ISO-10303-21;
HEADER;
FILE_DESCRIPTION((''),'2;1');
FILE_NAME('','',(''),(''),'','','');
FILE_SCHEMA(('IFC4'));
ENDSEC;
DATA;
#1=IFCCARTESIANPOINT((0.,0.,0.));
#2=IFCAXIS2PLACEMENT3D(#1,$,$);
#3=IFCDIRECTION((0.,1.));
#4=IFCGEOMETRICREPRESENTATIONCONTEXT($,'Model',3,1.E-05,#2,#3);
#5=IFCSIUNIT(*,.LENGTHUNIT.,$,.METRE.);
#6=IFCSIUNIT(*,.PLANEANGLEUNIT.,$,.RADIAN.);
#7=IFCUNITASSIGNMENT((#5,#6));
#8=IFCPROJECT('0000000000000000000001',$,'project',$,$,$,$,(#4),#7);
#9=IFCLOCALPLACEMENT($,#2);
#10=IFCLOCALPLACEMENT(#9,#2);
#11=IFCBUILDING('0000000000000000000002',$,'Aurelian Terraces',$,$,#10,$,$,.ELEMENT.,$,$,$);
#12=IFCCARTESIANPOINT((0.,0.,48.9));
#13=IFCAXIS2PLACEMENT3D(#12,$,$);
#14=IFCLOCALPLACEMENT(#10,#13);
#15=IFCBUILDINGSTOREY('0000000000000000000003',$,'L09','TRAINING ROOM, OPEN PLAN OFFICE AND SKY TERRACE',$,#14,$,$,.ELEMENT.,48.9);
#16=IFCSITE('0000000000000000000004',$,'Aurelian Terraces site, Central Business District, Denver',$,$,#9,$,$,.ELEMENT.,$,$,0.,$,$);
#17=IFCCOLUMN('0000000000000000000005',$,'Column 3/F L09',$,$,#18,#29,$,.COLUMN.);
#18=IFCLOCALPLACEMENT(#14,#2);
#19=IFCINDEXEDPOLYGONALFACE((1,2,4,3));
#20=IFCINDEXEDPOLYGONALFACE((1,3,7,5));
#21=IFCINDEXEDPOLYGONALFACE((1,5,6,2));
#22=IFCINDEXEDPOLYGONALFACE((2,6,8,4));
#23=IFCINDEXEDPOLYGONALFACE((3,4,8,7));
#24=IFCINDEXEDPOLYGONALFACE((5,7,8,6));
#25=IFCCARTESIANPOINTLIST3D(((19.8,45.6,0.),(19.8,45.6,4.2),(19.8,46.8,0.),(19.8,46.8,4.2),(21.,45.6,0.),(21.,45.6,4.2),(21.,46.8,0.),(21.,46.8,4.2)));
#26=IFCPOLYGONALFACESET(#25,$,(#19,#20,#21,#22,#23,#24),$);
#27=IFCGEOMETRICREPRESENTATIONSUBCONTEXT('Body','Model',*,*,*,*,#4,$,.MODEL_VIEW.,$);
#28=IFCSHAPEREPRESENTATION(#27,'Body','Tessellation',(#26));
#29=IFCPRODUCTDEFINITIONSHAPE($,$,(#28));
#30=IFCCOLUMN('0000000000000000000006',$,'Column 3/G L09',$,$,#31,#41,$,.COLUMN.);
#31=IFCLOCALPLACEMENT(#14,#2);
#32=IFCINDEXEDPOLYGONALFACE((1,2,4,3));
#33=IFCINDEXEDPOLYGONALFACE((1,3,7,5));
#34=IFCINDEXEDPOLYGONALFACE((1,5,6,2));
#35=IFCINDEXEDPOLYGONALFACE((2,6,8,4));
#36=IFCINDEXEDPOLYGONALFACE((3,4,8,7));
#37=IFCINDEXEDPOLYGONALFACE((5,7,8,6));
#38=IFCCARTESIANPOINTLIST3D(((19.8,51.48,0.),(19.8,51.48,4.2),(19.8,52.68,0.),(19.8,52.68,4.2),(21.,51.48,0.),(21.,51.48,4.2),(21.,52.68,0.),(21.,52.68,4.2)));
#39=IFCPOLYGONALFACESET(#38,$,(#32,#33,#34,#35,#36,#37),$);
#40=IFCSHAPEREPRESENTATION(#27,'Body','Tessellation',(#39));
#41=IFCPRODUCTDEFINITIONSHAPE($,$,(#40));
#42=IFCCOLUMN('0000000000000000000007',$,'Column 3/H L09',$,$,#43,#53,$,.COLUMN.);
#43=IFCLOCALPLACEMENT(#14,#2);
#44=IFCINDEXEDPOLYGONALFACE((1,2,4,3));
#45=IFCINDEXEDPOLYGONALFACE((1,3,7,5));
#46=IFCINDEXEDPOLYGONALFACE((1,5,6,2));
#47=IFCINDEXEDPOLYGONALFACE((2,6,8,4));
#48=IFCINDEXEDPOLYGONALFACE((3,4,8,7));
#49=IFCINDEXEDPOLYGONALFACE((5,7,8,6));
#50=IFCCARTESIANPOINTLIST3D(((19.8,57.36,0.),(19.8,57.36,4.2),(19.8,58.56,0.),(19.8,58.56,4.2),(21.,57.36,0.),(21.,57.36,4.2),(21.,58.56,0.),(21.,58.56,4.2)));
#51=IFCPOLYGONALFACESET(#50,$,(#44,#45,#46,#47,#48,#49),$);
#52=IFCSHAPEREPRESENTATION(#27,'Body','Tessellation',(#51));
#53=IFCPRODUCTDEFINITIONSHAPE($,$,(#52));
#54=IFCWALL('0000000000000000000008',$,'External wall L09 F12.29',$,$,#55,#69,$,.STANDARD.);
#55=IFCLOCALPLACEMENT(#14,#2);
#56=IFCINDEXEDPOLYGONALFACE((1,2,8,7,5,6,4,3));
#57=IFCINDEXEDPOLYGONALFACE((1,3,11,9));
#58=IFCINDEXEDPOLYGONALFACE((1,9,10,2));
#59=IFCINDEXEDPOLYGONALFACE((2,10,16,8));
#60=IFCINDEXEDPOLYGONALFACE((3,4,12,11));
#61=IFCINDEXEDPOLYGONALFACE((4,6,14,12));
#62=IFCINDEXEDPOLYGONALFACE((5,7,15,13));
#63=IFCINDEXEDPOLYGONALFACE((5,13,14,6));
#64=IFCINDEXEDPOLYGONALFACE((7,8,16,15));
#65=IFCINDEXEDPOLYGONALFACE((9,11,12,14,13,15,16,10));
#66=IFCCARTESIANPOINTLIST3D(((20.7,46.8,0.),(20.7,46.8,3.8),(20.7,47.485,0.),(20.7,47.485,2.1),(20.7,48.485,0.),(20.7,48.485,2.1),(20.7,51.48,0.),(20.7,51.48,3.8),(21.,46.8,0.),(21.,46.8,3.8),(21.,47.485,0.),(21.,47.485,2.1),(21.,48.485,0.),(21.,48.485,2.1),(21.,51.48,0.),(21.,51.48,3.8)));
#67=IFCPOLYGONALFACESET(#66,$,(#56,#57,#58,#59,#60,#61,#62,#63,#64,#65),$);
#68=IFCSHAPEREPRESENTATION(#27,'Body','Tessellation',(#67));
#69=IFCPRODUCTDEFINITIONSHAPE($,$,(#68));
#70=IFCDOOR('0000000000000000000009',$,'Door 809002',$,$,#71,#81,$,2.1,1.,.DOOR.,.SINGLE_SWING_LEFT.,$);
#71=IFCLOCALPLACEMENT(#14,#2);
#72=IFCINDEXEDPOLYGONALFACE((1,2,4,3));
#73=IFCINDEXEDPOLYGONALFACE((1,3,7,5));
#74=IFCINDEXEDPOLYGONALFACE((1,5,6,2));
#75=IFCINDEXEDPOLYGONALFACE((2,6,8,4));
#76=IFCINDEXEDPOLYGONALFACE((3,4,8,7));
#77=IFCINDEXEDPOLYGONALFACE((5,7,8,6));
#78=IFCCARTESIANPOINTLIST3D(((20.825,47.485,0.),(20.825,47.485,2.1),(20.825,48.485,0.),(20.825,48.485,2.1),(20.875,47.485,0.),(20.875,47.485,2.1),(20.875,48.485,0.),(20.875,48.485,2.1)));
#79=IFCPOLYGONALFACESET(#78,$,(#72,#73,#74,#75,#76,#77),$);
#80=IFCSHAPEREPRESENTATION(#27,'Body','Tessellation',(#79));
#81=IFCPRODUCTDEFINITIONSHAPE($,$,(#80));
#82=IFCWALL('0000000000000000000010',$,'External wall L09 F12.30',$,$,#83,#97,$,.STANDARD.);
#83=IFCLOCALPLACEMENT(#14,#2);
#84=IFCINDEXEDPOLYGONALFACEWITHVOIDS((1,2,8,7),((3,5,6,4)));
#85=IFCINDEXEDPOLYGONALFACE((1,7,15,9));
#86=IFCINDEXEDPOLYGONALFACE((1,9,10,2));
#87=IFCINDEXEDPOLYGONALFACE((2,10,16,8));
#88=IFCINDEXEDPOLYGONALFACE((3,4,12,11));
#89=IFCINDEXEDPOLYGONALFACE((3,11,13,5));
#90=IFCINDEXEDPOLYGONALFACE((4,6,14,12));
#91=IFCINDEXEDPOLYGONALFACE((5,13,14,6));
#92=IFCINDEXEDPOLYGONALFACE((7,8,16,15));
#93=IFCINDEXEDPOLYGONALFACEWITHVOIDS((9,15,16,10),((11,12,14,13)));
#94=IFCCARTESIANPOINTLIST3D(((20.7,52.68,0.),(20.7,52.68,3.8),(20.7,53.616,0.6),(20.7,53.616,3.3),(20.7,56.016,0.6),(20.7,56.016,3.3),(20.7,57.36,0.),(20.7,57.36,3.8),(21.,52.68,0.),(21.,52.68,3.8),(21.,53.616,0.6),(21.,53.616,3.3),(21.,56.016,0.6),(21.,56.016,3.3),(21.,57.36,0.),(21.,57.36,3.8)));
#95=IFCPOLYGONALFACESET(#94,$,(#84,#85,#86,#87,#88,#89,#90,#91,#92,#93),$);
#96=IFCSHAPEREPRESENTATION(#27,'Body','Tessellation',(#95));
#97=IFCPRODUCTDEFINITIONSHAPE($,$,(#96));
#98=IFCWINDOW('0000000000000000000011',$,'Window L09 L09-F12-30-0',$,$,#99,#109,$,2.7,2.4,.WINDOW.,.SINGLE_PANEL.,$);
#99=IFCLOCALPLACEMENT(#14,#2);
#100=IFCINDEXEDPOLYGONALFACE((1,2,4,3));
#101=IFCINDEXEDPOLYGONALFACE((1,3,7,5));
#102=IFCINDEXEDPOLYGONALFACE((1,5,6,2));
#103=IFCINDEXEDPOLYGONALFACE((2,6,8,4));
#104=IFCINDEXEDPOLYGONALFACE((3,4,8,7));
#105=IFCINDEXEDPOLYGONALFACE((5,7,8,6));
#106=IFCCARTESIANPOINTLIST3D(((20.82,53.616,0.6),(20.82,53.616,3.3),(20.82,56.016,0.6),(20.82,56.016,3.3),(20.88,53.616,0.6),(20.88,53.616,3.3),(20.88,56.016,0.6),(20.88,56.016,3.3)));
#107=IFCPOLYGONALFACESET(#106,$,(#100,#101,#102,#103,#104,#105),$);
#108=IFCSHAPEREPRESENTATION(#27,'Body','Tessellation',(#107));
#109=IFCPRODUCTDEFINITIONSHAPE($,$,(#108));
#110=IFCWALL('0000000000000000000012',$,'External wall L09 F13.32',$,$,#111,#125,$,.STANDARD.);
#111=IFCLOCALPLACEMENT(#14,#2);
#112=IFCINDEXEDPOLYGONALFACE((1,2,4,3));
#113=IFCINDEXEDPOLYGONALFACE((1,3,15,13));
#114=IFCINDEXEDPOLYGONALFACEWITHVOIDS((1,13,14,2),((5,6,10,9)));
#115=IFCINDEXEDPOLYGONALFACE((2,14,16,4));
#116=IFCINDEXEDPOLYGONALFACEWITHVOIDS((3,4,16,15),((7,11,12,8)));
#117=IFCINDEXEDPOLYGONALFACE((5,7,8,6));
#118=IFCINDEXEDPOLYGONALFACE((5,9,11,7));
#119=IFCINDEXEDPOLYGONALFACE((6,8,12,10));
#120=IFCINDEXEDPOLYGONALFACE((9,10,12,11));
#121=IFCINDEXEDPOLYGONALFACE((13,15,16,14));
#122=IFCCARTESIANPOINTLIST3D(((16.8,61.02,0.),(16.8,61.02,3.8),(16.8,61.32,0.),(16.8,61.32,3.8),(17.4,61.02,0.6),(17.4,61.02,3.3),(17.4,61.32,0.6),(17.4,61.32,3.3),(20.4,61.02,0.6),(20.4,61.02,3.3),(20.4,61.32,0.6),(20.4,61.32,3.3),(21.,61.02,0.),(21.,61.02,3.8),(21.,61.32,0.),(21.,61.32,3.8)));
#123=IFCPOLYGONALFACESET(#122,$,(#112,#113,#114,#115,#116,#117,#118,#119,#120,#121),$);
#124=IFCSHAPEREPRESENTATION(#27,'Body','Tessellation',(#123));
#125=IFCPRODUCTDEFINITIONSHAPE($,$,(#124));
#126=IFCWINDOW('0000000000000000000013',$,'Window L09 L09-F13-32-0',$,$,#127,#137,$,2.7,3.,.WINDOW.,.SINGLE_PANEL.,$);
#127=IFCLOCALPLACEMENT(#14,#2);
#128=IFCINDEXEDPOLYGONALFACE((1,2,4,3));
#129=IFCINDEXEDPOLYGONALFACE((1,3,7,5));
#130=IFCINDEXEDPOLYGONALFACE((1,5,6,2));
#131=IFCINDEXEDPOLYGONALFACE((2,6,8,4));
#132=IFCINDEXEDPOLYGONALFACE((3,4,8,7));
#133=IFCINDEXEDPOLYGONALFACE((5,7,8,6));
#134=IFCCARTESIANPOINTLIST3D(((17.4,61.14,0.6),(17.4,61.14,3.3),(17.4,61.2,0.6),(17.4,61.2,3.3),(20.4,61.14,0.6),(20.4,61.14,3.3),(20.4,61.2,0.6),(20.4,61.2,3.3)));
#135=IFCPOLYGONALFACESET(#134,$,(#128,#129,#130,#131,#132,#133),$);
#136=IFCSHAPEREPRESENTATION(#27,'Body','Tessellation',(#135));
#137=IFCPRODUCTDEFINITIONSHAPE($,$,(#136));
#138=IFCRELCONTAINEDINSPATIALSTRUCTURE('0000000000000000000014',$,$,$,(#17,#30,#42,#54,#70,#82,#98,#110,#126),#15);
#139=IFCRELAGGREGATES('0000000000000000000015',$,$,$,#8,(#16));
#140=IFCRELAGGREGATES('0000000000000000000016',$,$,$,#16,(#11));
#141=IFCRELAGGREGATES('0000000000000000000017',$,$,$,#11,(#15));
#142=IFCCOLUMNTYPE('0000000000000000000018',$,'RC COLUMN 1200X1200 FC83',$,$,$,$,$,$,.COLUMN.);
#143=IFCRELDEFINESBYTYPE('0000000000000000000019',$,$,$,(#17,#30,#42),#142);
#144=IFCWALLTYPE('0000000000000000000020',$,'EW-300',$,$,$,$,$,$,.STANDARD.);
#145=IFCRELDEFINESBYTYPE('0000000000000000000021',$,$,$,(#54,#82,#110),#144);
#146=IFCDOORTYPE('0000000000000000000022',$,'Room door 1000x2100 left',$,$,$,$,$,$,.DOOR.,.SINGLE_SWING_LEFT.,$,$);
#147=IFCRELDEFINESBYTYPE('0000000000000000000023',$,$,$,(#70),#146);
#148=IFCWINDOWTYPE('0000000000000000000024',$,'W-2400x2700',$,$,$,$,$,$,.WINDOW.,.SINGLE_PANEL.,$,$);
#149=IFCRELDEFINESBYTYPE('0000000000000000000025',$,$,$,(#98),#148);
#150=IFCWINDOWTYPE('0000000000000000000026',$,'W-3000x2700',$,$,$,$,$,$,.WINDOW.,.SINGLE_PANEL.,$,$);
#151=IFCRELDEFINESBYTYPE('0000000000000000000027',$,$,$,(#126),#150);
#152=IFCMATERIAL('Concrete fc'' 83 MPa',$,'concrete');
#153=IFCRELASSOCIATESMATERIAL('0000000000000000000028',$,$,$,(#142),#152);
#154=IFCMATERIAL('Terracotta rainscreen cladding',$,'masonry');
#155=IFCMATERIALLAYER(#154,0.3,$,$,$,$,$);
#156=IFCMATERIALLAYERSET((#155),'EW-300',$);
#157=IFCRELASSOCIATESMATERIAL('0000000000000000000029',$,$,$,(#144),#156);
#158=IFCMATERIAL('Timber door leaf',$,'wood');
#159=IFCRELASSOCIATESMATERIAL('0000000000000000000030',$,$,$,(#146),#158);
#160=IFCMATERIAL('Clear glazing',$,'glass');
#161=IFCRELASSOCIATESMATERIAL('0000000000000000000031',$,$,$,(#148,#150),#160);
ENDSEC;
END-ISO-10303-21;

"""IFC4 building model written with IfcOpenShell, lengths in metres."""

from ifc_helpers import new_model, si_unit, direction, frame, frame_2d, origin, origin_2d, place, context, subcontext, project, spatial, rectangle, extrude, source, transform, mapped, material, layer, layer_set, material_profile, profile_set, type_object, element, fill, save


model = new_model("IFC4")

# Units and contexts
model_context = context("Model", 3, precision=1e-05, world=origin(), true_north=direction((0.0, 1.0)))
body_context = subcontext(model_context, "Body", "Model", "MODEL_VIEW")
ifc_project = project(units=[si_unit("LENGTHUNIT", "METRE"), si_unit("PLANEANGLEUNIT", "RADIAN")], contexts=[model_context])

# Site, building, storey
site_placement = place(None, origin())
site = spatial("IfcSite", under=ifc_project, at=site_placement, Name="Aurelian Terraces site, Central Business District, Denver", CompositionType="ELEMENT", RefElevation=0.0)
building_placement = place(site_placement, origin())
building = spatial("IfcBuilding", under=site, at=building_placement, Name="Aurelian Terraces", CompositionType="ELEMENT")
storey_placement = place(building_placement, frame((0.0, 0.0, 48.9)))
storey = spatial("IfcBuildingStorey", under=building, at=storey_placement, Name="L09", Description="TRAINING ROOM, OPEN PLAN OFFICE AND SKY TERRACE", CompositionType="ELEMENT", Elevation=48.9)

# Columns
ifc_material_1 = material(Name="Concrete fc' 83 MPa", Category="concrete")
ifc_material_profile = material_profile(ifc_material_1, rectangle(XDim=1.2, YDim=1.2, at=origin_2d()))
ifc_profile_set = profile_set([ifc_material_profile], Name="Concrete fc' 83 MPa")
column_type = type_object("IfcColumnType", Name="RC COLUMN 1200X1200 FC83", PredefinedType="COLUMN", material=ifc_profile_set)
shared_shape_1 = source(origin(), body_context, "Body", "SweptSolid", [
    extrude(rectangle(XDim=1.2, YDim=1.2, at=origin_2d()), origin(), (0.0, 0.0, 1.0), 4.2),
])
for number, where, z_axis, x_axis, name in (
    (1, (20.4, 46.2, 0.0), (0.0, 0.0, 1.0), (1.0, 0.0, 0.0), "Column 3/F L09"),
    (2, (20.4, 52.08, 0.0), (0.0, 0.0, 1.0), (1.0, 0.0, 0.0), "Column 3/G L09"),
    (3, (20.4, 57.96, 0.0), (0.0, 0.0, 1.0), (1.0, 0.0, 0.0), "Column 3/H L09"),
):
    element("IfcColumn", number, at=place(storey_placement, frame(where, z_axis=z_axis, x_axis=x_axis)), inside=storey, type_object=column_type, Name=name, PredefinedType="COLUMN", context=body_context, shape_type="MappedRepresentation", body=[
        mapped(shared_shape_1, transform((0.0, 0.0, 0.0), scale=1.0)),
    ])

# Wall, opening, door
ifc_material_2 = material(Name="Terracotta rainscreen cladding", Category="masonry")
ifc_layer_1 = layer(ifc_material_2, 0.3)
ifc_layer_set_1 = layer_set([ifc_layer_1], Name="EW-300")
wall_type_1 = type_object("IfcWallType", Name="EW-300", PredefinedType="STANDARD", material=ifc_layer_set_1)
shared_shape_2 = source(origin(), body_context, "Body", "SweptSolid", [
    extrude(rectangle(XDim=4.68, YDim=0.3, at=frame_2d((2.34, 0.0))), origin(), (0.0, 0.0, 1.0), 3.8),
])
wall_1_placement = place(storey_placement, frame((20.85, 46.8, 0.0), z_axis=(0.0, 0.0, 1.0), x_axis=(0.0, 1.0, 0.0)))
wall_1 = element("IfcWall", 4, at=wall_1_placement, inside=storey, type_object=wall_type_1, Name="External wall L09 F12.29", PredefinedType="STANDARD", context=body_context, shape_type="MappedRepresentation", body=[
    mapped(shared_shape_2, transform((0.0, 0.0, 0.0), scale=1.0)),
])
shared_shape_3 = source(origin(), body_context, "Body", "SweptSolid", [
    extrude(rectangle(XDim=1.0, YDim=2.1, at=frame_2d((0.5, 1.05))), frame((0.0, 0.16, 0.0), z_axis=(0.0, -1.0, 0.0), x_axis=(1.0, 0.0, 0.0)), (0.0, 0.0, 1.0), 0.32),
])
opening_1_placement = place(wall_1_placement, frame((0.685, 0.0, 0.0)))
opening_1 = element("IfcOpeningElement", 5, at=opening_1_placement, cuts=wall_1, PredefinedType="OPENING", context=body_context, shape_type="MappedRepresentation", body=[
    mapped(shared_shape_3, transform((0.0, 0.0, 0.0), scale=1.0)),
])
ifc_material_3 = material(Name="Timber door leaf", Category="wood")
door_type = type_object("IfcDoorType", Name="Room door 1000x2100 left", OperationType="SINGLE_SWING_LEFT", PredefinedType="DOOR", material=ifc_material_3)
shared_shape_4 = source(origin(), body_context, "Body", "SweptSolid", [
    extrude(rectangle(XDim=1.0, YDim=2.1, at=frame_2d((0.5, 1.05))), frame((0.0, 0.025, 0.0), z_axis=(0.0, -1.0, 0.0), x_axis=(1.0, 0.0, 0.0)), (0.0, 0.0, 1.0), 0.05),
])
door_placement = place(opening_1_placement, origin())
door = element("IfcDoor", 6, at=door_placement, inside=storey, type_object=door_type, Name="Door 809002", OperationType="SINGLE_SWING_LEFT", OverallHeight=2.1, OverallWidth=1.0, PredefinedType="DOOR", context=body_context, shape_type="MappedRepresentation", body=[
    mapped(shared_shape_4, transform((0.0, 0.0, 0.0), scale=1.0)),
])
fill(opening_1, door)

# Walls, openings, windows
wall_2_placement = place(storey_placement, frame((20.85, 52.68, 0.0), z_axis=(0.0, 0.0, 1.0), x_axis=(0.0, 1.0, 0.0)))
wall_2 = element("IfcWall", 7, at=wall_2_placement, inside=storey, type_object=wall_type_1, Name="External wall L09 F12.30", PredefinedType="STANDARD", context=body_context, shape_type="MappedRepresentation", body=[
    mapped(shared_shape_2, transform((0.0, 0.0, 0.0), scale=1.0)),
])
shared_shape_5 = source(origin(), body_context, "Body", "SweptSolid", [
    extrude(rectangle(XDim=2.4, YDim=2.7, at=frame_2d((1.2, 1.35))), frame((0.0, 0.16, 0.0), z_axis=(0.0, -1.0, 0.0), x_axis=(1.0, 0.0, 0.0)), (0.0, 0.0, 1.0), 0.32),
])
opening_2_placement = place(wall_2_placement, frame((0.936, 0.0, 0.6)))
opening_2 = element("IfcOpeningElement", 8, at=opening_2_placement, cuts=wall_2, PredefinedType="OPENING", context=body_context, shape_type="MappedRepresentation", body=[
    mapped(shared_shape_5, transform((0.0, 0.0, 0.0), scale=1.0)),
])
ifc_material_4 = material(Name="Clear glazing", Category="glass")
window_type_1 = type_object("IfcWindowType", Name="W-2400x2700", PartitioningType="SINGLE_PANEL", PredefinedType="WINDOW", material=ifc_material_4)
shared_shape_6 = source(origin(), body_context, "Body", "SweptSolid", [
    extrude(rectangle(XDim=2.4, YDim=2.7, at=frame_2d((1.2, 1.35))), frame((0.0, 0.03, 0.0), z_axis=(0.0, -1.0, 0.0), x_axis=(1.0, 0.0, 0.0)), (0.0, 0.0, 1.0), 0.06),
])
window_1_placement = place(opening_2_placement, origin())
window_1 = element("IfcWindow", 9, at=window_1_placement, inside=storey, type_object=window_type_1, Name="Window L09 L09-F12-30-0", OverallHeight=2.7, OverallWidth=2.4, PartitioningType="SINGLE_PANEL", PredefinedType="WINDOW", context=body_context, shape_type="MappedRepresentation", body=[
    mapped(shared_shape_6, transform((0.0, 0.0, 0.0), scale=1.0)),
])
fill(opening_2, window_1)
shared_shape_7 = source(origin(), body_context, "Body", "SweptSolid", [
    extrude(rectangle(XDim=4.2, YDim=0.3, at=frame_2d((2.1, 0.0))), origin(), (0.0, 0.0, 1.0), 3.8),
])
wall_3_placement = place(storey_placement, frame((21.0, 61.17, 0.0), z_axis=(0.0, 0.0, 1.0), x_axis=(-1.0, 0.0, 0.0)))
wall_3 = element("IfcWall", 10, at=wall_3_placement, inside=storey, type_object=wall_type_1, Name="External wall L09 F13.32", PredefinedType="STANDARD", context=body_context, shape_type="MappedRepresentation", body=[
    mapped(shared_shape_7, transform((0.0, 0.0, 0.0), scale=1.0)),
])
shared_shape_8 = source(origin(), body_context, "Body", "SweptSolid", [
    extrude(rectangle(XDim=3.0, YDim=2.7, at=frame_2d((1.5, 1.35))), frame((0.0, 0.16, 0.0), z_axis=(0.0, -1.0, 0.0), x_axis=(1.0, 0.0, 0.0)), (0.0, 0.0, 1.0), 0.32),
])
opening_3_placement = place(wall_3_placement, frame((0.6, 0.0, 0.6)))
opening_3 = element("IfcOpeningElement", 11, at=opening_3_placement, cuts=wall_3, PredefinedType="OPENING", context=body_context, shape_type="MappedRepresentation", body=[
    mapped(shared_shape_8, transform((0.0, 0.0, 0.0), scale=1.0)),
])
window_type_2 = type_object("IfcWindowType", Name="W-3000x2700", PartitioningType="SINGLE_PANEL", PredefinedType="WINDOW", material=ifc_material_4)
shared_shape_9 = source(origin(), body_context, "Body", "SweptSolid", [
    extrude(rectangle(XDim=3.0, YDim=2.7, at=frame_2d((1.5, 1.35))), frame((0.0, 0.03, 0.0), z_axis=(0.0, -1.0, 0.0), x_axis=(1.0, 0.0, 0.0)), (0.0, 0.0, 1.0), 0.06),
])
window_2_placement = place(opening_3_placement, origin())
window_2 = element("IfcWindow", 12, at=window_2_placement, inside=storey, type_object=window_type_2, Name="Window L09 L09-F13-32-0", OverallHeight=2.7, OverallWidth=3.0, PartitioningType="SINGLE_PANEL", PredefinedType="WINDOW", context=body_context, shape_type="MappedRepresentation", body=[
    mapped(shared_shape_9, transform((0.0, 0.0, 0.0), scale=1.0)),
])
fill(opening_3, window_2)

save(model, "model.ifc")
